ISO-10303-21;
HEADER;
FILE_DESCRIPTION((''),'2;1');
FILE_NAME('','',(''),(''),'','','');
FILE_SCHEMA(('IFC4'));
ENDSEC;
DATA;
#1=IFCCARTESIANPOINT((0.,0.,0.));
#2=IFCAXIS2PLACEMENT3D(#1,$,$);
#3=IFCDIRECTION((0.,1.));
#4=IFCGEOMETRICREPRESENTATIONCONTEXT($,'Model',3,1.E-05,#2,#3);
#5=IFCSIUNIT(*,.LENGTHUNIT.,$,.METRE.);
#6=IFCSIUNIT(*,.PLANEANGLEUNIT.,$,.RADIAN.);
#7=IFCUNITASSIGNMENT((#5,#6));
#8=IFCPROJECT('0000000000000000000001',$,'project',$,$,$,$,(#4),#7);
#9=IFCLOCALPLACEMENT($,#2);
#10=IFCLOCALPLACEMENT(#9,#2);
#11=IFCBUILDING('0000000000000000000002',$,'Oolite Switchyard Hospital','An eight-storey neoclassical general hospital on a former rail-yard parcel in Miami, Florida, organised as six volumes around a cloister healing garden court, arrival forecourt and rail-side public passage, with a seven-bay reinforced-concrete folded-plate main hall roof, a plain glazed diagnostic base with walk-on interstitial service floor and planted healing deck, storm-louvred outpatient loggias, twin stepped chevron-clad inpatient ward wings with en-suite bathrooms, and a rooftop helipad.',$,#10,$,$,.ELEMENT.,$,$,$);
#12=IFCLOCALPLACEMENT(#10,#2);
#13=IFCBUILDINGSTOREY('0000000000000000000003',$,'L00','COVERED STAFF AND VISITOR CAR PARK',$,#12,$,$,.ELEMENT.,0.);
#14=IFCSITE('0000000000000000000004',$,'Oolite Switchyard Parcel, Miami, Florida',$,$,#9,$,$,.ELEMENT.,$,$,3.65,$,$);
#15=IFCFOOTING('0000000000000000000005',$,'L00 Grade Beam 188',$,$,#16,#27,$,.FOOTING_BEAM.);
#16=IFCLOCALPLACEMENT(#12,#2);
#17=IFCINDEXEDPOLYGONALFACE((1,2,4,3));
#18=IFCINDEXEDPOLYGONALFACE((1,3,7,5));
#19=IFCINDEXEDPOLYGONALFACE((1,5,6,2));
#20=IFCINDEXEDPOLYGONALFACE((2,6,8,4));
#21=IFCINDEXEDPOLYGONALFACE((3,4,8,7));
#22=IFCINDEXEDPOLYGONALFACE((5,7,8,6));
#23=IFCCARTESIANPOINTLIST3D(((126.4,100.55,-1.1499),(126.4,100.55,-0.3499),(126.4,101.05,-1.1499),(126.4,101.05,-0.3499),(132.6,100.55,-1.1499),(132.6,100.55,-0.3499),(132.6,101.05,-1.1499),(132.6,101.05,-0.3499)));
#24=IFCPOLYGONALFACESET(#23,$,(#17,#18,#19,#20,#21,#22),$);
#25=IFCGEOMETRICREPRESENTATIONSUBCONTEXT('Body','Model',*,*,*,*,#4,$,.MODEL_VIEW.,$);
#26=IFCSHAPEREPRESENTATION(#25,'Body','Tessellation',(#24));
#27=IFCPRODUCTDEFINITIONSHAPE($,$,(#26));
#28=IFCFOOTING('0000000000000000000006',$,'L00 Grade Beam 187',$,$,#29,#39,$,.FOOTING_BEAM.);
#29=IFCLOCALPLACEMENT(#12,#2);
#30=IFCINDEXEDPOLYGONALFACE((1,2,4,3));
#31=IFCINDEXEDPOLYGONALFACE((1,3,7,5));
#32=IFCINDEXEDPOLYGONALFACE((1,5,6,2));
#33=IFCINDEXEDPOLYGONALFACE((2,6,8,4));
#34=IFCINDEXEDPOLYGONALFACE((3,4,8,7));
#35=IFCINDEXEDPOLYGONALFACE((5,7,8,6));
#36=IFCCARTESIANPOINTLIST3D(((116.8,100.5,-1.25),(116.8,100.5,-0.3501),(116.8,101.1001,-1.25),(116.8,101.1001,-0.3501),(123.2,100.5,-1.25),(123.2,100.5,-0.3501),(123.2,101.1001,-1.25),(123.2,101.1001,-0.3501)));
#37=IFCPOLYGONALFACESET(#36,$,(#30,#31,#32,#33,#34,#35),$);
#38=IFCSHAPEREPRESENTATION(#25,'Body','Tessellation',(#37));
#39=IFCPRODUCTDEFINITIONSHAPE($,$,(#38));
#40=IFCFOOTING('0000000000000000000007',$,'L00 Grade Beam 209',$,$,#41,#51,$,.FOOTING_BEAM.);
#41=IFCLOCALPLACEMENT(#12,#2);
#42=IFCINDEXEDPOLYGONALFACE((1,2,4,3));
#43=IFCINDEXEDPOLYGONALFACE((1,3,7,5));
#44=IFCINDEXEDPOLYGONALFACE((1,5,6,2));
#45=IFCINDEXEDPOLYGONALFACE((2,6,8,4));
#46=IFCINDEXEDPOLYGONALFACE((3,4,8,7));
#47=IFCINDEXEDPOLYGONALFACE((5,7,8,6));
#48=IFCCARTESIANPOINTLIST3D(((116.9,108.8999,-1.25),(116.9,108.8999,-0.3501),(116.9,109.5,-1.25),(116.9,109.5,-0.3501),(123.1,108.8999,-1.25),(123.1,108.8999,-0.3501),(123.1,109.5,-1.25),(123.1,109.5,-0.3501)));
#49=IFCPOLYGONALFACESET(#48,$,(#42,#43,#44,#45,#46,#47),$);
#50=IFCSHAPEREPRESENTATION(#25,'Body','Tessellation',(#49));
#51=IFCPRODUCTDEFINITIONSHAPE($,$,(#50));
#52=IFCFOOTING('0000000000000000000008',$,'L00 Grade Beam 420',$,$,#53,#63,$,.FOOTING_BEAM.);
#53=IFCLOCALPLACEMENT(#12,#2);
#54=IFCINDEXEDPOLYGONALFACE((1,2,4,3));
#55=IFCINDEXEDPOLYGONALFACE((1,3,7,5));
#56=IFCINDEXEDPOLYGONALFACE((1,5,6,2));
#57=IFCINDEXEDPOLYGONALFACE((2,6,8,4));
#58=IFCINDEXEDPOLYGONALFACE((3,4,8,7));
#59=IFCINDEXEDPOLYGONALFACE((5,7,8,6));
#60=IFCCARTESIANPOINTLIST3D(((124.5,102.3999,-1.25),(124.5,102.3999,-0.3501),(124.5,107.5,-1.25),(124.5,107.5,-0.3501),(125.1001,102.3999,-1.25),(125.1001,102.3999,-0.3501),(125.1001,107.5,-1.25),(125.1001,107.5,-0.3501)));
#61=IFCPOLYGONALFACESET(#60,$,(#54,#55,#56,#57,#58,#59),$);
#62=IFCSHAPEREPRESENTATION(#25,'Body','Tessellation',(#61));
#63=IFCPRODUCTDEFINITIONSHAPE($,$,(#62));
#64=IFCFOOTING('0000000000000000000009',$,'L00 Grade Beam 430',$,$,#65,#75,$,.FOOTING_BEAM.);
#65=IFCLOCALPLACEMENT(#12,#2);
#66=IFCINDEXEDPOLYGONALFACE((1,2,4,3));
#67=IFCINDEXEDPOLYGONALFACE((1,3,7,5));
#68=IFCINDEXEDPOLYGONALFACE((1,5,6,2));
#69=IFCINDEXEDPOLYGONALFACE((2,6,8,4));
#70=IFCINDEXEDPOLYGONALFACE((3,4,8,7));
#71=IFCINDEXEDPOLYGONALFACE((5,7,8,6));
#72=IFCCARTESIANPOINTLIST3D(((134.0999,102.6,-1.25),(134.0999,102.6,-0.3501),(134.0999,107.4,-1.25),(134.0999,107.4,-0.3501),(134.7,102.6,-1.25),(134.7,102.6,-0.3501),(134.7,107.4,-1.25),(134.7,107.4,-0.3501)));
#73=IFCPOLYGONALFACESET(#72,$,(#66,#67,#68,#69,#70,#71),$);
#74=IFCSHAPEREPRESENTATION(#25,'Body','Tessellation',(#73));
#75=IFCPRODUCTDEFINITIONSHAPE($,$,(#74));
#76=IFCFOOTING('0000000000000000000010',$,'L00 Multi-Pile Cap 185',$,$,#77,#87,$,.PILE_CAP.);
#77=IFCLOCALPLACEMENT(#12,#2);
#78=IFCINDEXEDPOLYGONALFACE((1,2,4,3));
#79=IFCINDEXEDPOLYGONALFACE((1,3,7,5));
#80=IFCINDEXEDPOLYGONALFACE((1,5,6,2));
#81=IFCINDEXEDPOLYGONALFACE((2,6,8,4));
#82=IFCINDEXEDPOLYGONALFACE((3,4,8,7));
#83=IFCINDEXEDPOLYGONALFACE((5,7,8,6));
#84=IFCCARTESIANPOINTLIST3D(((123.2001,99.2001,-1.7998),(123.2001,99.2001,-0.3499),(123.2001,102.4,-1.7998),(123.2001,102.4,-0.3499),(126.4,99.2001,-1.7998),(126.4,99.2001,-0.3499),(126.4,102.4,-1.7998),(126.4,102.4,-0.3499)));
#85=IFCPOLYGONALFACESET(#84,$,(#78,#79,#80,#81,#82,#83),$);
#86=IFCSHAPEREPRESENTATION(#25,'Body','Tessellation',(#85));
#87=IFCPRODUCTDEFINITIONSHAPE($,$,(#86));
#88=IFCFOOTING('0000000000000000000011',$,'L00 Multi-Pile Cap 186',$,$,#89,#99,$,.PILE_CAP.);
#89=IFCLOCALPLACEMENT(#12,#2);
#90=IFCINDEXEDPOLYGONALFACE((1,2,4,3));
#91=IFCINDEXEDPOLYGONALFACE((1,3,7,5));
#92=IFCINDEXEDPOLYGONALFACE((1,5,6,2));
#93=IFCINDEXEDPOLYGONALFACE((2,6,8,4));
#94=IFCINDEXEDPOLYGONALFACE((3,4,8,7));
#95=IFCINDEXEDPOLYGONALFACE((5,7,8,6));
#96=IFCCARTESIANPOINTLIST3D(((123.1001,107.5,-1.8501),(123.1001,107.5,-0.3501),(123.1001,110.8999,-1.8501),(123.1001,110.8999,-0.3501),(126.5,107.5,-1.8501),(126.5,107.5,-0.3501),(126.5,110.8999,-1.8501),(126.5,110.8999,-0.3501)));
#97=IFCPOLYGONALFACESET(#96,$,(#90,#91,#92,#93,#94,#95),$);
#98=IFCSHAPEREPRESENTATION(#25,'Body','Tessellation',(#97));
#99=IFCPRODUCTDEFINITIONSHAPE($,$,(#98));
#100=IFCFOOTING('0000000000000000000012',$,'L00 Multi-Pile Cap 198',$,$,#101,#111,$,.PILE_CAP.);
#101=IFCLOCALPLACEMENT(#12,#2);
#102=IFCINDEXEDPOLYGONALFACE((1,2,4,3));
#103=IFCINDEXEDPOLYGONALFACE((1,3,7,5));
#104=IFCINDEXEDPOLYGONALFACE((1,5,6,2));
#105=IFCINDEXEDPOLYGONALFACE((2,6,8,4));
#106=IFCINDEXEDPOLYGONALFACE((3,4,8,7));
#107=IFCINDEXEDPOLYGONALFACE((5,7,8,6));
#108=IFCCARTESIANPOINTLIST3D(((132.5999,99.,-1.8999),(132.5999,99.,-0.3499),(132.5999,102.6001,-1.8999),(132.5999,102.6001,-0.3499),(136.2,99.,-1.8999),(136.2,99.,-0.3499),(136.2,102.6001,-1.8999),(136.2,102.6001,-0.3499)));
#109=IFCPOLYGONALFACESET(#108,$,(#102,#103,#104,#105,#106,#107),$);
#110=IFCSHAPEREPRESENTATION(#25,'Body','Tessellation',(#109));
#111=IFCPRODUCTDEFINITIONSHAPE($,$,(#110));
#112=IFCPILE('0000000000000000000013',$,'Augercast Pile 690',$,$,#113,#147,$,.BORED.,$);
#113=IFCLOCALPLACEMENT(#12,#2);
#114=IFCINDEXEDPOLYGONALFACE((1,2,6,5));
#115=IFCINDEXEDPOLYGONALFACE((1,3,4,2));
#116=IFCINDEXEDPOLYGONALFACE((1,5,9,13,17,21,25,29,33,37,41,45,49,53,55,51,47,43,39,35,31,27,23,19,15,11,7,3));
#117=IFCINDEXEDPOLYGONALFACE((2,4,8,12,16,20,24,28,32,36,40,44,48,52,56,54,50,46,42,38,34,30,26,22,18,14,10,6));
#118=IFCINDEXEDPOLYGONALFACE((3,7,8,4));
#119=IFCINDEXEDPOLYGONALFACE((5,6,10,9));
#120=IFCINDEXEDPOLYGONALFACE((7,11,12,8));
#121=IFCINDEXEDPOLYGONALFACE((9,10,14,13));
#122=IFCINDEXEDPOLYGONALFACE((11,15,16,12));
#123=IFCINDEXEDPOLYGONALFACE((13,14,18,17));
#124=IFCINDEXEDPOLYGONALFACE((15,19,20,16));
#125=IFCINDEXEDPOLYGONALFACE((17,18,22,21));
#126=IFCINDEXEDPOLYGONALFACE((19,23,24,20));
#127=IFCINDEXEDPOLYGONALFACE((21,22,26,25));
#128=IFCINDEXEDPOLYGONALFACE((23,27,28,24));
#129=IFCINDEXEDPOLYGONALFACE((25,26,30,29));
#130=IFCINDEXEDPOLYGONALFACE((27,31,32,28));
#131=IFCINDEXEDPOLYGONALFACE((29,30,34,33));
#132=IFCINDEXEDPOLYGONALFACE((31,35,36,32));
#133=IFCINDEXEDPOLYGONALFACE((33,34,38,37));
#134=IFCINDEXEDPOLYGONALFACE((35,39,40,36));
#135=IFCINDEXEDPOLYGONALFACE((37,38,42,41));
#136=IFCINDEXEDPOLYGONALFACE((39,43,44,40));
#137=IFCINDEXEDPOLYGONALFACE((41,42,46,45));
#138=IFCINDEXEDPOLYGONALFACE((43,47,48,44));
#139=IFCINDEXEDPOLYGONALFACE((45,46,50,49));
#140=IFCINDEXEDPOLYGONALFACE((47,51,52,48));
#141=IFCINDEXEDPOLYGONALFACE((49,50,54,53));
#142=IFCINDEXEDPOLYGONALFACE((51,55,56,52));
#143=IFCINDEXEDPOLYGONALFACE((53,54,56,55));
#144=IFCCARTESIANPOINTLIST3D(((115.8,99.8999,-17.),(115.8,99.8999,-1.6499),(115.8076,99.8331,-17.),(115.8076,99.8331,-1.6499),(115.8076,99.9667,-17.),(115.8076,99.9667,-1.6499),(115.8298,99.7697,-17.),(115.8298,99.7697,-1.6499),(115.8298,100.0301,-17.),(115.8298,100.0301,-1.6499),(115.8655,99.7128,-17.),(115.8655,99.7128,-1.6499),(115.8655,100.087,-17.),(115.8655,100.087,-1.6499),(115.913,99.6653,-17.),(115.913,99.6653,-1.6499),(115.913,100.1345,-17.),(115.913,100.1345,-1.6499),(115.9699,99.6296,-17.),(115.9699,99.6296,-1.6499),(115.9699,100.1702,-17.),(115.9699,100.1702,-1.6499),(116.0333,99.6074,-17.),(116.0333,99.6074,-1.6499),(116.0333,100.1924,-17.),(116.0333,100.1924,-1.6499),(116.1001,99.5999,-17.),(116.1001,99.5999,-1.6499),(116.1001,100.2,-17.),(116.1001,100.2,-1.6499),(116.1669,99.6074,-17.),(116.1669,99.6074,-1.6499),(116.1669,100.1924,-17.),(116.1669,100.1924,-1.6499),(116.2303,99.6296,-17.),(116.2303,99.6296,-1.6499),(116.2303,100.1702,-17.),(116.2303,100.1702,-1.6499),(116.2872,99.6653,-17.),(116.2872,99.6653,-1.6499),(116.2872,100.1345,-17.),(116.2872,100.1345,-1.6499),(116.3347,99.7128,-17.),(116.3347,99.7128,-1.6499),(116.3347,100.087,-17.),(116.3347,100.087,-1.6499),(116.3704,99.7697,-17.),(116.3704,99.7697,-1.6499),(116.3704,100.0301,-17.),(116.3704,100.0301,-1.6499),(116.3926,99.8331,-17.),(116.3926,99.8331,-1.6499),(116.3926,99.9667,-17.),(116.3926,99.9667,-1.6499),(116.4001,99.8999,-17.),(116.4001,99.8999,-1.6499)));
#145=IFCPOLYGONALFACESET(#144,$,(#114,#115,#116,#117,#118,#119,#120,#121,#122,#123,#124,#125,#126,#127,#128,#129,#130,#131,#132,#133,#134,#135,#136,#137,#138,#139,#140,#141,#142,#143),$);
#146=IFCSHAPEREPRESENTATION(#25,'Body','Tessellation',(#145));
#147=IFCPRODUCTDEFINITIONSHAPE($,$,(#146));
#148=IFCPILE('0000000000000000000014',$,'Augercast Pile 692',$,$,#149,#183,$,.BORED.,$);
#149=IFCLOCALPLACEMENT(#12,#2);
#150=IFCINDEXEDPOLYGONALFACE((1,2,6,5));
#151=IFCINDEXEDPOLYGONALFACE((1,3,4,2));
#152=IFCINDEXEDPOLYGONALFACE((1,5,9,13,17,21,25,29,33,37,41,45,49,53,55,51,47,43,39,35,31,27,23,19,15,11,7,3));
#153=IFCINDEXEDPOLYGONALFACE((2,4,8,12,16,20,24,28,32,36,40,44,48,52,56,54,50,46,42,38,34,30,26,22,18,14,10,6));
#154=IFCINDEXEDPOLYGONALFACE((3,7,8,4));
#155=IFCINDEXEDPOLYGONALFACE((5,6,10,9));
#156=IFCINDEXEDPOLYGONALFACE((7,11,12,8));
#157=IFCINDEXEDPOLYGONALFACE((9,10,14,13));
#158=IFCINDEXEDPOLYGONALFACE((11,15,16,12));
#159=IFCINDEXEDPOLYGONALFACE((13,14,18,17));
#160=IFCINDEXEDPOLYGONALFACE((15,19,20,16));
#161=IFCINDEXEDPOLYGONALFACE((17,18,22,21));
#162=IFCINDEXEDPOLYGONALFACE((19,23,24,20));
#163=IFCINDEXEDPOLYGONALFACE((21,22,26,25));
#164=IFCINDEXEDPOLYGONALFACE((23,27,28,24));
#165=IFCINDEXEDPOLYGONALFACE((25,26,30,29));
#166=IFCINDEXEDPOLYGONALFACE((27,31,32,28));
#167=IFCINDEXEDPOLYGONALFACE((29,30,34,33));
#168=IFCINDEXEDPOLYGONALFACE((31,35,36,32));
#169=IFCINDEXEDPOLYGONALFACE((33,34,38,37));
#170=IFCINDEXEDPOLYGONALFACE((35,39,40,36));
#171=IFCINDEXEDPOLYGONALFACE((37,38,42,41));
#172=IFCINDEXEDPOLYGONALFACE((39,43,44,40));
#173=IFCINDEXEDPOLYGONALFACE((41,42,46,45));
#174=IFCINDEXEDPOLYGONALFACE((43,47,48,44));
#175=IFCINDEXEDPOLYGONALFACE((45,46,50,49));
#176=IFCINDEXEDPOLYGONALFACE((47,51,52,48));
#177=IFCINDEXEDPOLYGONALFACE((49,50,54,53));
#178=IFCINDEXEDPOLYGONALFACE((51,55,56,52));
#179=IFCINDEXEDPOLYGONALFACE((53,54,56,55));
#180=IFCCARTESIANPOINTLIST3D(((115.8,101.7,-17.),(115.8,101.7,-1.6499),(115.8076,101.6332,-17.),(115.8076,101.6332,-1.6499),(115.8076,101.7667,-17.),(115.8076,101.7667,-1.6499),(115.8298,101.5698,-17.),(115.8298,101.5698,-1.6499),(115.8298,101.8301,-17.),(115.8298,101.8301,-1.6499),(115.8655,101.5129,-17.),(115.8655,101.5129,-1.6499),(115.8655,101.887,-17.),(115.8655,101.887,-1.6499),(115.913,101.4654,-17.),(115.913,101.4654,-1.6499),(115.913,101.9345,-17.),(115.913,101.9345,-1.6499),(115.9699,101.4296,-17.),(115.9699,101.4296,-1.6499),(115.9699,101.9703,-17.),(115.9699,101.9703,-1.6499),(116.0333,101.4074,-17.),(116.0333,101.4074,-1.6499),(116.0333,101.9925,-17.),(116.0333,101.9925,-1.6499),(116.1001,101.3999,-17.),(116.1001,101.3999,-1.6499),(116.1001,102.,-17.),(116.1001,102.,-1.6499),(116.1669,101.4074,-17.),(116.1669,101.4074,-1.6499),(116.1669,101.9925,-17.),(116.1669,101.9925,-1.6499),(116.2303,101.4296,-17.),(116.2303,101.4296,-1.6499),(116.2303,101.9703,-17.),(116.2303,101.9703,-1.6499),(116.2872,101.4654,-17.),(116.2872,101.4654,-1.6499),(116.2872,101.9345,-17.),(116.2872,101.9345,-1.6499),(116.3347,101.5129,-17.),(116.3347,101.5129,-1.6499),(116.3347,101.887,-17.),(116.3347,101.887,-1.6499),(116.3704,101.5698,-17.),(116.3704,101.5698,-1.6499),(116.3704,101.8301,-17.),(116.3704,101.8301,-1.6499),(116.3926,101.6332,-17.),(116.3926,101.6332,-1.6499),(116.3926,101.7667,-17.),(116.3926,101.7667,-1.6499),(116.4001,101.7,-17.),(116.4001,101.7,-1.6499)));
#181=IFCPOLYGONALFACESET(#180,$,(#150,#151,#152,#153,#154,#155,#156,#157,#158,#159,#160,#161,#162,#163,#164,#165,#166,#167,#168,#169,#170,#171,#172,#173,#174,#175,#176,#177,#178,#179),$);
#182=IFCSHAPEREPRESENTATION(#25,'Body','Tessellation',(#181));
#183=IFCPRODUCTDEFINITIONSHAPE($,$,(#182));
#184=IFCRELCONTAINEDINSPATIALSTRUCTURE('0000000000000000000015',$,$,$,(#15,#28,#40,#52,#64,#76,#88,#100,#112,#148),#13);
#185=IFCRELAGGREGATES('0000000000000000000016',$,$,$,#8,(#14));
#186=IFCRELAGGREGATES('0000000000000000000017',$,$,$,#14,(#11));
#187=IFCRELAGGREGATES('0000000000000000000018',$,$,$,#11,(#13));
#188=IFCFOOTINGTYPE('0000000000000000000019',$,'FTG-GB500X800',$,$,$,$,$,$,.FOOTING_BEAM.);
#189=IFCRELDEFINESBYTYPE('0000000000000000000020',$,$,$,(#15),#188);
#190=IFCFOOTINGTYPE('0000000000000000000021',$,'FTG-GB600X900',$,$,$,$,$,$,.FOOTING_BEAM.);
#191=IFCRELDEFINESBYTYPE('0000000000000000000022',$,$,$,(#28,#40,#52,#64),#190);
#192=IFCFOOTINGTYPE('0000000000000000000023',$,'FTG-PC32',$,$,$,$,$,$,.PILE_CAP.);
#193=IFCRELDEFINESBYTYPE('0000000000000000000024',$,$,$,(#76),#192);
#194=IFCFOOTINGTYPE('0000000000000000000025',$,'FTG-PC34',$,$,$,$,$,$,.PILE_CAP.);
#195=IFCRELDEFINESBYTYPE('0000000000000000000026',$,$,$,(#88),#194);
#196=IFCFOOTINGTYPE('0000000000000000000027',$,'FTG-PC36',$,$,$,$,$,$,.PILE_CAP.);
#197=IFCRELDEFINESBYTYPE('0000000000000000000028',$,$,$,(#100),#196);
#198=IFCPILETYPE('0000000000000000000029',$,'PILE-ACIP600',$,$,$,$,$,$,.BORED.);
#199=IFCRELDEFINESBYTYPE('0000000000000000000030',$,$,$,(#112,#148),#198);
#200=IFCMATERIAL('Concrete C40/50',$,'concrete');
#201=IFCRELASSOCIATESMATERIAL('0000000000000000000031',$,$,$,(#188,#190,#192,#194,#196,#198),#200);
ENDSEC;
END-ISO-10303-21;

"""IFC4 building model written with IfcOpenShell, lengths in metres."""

from ifc_helpers import new_model, si_unit, direction, frame, origin, origin_2d, place, context, subcontext, project, spatial, rectangle, circle, extrude, material, material_profile, profile_set, type_object, element, save


model = new_model("IFC4")

# Units and contexts
model_context = context("Model", 3, precision=1e-05, world=origin(), true_north=direction((0.0, 1.0)))
body_context = subcontext(model_context, "Body", "Model", "MODEL_VIEW")
ifc_project = project(units=[si_unit("LENGTHUNIT", "METRE"), si_unit("PLANEANGLEUNIT", "RADIAN")], contexts=[model_context])

# Site, building, storey
site_placement = place(None, origin())
site = spatial("IfcSite", under=ifc_project, at=site_placement, Name="Oolite Switchyard Parcel, Miami, Florida", CompositionType="ELEMENT", RefElevation=3.65)
building_placement = place(site_placement, origin())
building = spatial("IfcBuilding", under=site, at=building_placement, Name="Oolite Switchyard Hospital", Description="An eight-storey neoclassical general hospital on a former rail-yard parcel in Miami, Florida, organised as six volumes around a cloister healing garden court, arrival forecourt and rail-side public passage, with a seven-bay reinforced-concrete folded-plate main hall roof, a plain glazed diagnostic base with walk-on interstitial service floor and planted healing deck, storm-louvred outpatient loggias, twin stepped chevron-clad inpatient ward wings with en-suite bathrooms, and a rooftop helipad.", CompositionType="ELEMENT")
storey_placement = place(building_placement, origin())
storey = spatial("IfcBuildingStorey", under=building, at=storey_placement, Name="L00", Description="COVERED STAFF AND VISITOR CAR PARK", CompositionType="ELEMENT", Elevation=0.0)

# Footings
ifc_material_1 = material(Name="Concrete C40/50", Category="concrete")
footing_type_1 = type_object("IfcFootingType", Name="FTG-GB500X800", PredefinedType="FOOTING_BEAM", material=ifc_material_1)
footing_1_placement = place(storey_placement, frame((129.5, 100.8, -1.1499), z_axis=(0.0, 0.0, 1.0), x_axis=(1.0, 0.0, 0.0)))
element("IfcFooting", 1, at=footing_1_placement, inside=storey, type_object=footing_type_1, Name="L00 Grade Beam 188", PredefinedType="FOOTING_BEAM", context=body_context, shape_type="SweptSolid", body=[
    extrude(rectangle(XDim=6.2, YDim=0.5, at=origin_2d()), origin(), (0.0, 0.0, 1.0), 0.8),
])
footing_type_2 = type_object("IfcFootingType", Name="FTG-GB600X900", PredefinedType="FOOTING_BEAM", material=ifc_material_1)
footing_2_placement = place(storey_placement, frame((120.0, 100.8, -1.25), z_axis=(0.0, 0.0, 1.0), x_axis=(1.0, 0.0, 0.0)))
element("IfcFooting", 2, at=footing_2_placement, inside=storey, type_object=footing_type_2, Name="L00 Grade Beam 187", PredefinedType="FOOTING_BEAM", context=body_context, shape_type="SweptSolid", body=[
    extrude(rectangle(XDim=6.3999, YDim=0.6001, at=origin_2d()), origin(), (0.0, 0.0, 1.0), 0.8999),
])
footing_3_placement = place(storey_placement, frame((120.0, 109.2, -1.25), z_axis=(0.0, 0.0, 1.0), x_axis=(1.0, 0.0, 0.0)))
element("IfcFooting", 3, at=footing_3_placement, inside=storey, type_object=footing_type_2, Name="L00 Grade Beam 209", PredefinedType="FOOTING_BEAM", context=body_context, shape_type="SweptSolid", body=[
    extrude(rectangle(XDim=6.2, YDim=0.6001, at=origin_2d()), origin(), (0.0, 0.0, 1.0), 0.8999),
])
footing_4_placement = place(storey_placement, frame((124.8, 104.95, -1.25), z_axis=(0.0, 0.0, 1.0), x_axis=(0.0, 1.0, 0.0)))
element("IfcFooting", 4, at=footing_4_placement, inside=storey, type_object=footing_type_2, Name="L00 Grade Beam 420", PredefinedType="FOOTING_BEAM", context=body_context, shape_type="SweptSolid", body=[
    extrude(rectangle(XDim=5.1001, YDim=0.6001, at=origin_2d()), origin(), (0.0, 0.0, 1.0), 0.8999),
])
footing_5_placement = place(storey_placement, frame((134.3999, 105.0, -1.25), z_axis=(0.0, 0.0, 1.0), x_axis=(0.0, 1.0, 0.0)))
element("IfcFooting", 5, at=footing_5_placement, inside=storey, type_object=footing_type_2, Name="L00 Grade Beam 430", PredefinedType="FOOTING_BEAM", context=body_context, shape_type="SweptSolid", body=[
    extrude(rectangle(XDim=4.8, YDim=0.6001, at=origin_2d()), origin(), (0.0, 0.0, 1.0), 0.8999),
])
footing_type_3 = type_object("IfcFootingType", Name="FTG-PC32", PredefinedType="PILE_CAP", material=ifc_material_1)
footing_6_placement = place(storey_placement, frame((124.8, 100.8, -1.7998), z_axis=(0.0, 0.0, 1.0), x_axis=(1.0, 0.0, 0.0)))
element("IfcFooting", 6, at=footing_6_placement, inside=storey, type_object=footing_type_3, Name="L00 Multi-Pile Cap 185", PredefinedType="PILE_CAP", context=body_context, shape_type="SweptSolid", body=[
    extrude(rectangle(XDim=3.2, YDim=3.2, at=origin_2d()), origin(), (0.0, 0.0, 1.0), 1.45),
])
footing_type_4 = type_object("IfcFootingType", Name="FTG-PC34", PredefinedType="PILE_CAP", material=ifc_material_1)
footing_7_placement = place(storey_placement, frame((124.8, 109.2, -1.8501), z_axis=(0.0, 0.0, 1.0), x_axis=(1.0, 0.0, 0.0)))
element("IfcFooting", 7, at=footing_7_placement, inside=storey, type_object=footing_type_4, Name="L00 Multi-Pile Cap 186", PredefinedType="PILE_CAP", context=body_context, shape_type="SweptSolid", body=[
    extrude(rectangle(XDim=3.3999, YDim=3.3999, at=origin_2d()), origin(), (0.0, 0.0, 1.0), 1.5),
])
footing_type_5 = type_object("IfcFootingType", Name="FTG-PC36", PredefinedType="PILE_CAP", material=ifc_material_1)
footing_8_placement = place(storey_placement, frame((134.3999, 100.8, -1.8999), z_axis=(0.0, 0.0, 1.0), x_axis=(1.0, 0.0, 0.0)))
element("IfcFooting", 8, at=footing_8_placement, inside=storey, type_object=footing_type_5, Name="L00 Multi-Pile Cap 198", PredefinedType="PILE_CAP", context=body_context, shape_type="SweptSolid", body=[
    extrude(rectangle(XDim=3.6001, YDim=3.6001, at=origin_2d()), origin(), (0.0, 0.0, 1.0), 1.55),
])

# Piles
ifc_material_profile_1 = material_profile(ifc_material_1, circle(Radius=0.3, at=origin_2d()), Name="PILE600")
ifc_profile_set_1 = profile_set([ifc_material_profile_1], Name="Concrete C40/50")
pile_type_1 = type_object("IfcPileType", Name="PILE-ACIP600", PredefinedType="BORED", material=ifc_profile_set_1)
for number, where, z_axis, x_axis, name in (
    (9, (116.1001, 99.8999, -1.6499), (0.0, 0.0, -1.0), (1.0, 0.0, 0.0), "Augercast Pile 690"),
    (10, (116.1001, 101.7, -1.6499), (0.0, 0.0, -1.0), (1.0, 0.0, 0.0), "Augercast Pile 692"),
):
    element("IfcPile", number, at=place(storey_placement, frame(where, z_axis=z_axis, x_axis=x_axis)), inside=storey, type_object=pile_type_1, Name=name, PredefinedType="BORED", context=body_context, shape_type="SweptSolid", body=[
        extrude(circle(Radius=0.3, at=origin_2d()), origin(), (0.0, 0.0, 1.0), 15.3501),
    ])

save(model, "model.ifc")
